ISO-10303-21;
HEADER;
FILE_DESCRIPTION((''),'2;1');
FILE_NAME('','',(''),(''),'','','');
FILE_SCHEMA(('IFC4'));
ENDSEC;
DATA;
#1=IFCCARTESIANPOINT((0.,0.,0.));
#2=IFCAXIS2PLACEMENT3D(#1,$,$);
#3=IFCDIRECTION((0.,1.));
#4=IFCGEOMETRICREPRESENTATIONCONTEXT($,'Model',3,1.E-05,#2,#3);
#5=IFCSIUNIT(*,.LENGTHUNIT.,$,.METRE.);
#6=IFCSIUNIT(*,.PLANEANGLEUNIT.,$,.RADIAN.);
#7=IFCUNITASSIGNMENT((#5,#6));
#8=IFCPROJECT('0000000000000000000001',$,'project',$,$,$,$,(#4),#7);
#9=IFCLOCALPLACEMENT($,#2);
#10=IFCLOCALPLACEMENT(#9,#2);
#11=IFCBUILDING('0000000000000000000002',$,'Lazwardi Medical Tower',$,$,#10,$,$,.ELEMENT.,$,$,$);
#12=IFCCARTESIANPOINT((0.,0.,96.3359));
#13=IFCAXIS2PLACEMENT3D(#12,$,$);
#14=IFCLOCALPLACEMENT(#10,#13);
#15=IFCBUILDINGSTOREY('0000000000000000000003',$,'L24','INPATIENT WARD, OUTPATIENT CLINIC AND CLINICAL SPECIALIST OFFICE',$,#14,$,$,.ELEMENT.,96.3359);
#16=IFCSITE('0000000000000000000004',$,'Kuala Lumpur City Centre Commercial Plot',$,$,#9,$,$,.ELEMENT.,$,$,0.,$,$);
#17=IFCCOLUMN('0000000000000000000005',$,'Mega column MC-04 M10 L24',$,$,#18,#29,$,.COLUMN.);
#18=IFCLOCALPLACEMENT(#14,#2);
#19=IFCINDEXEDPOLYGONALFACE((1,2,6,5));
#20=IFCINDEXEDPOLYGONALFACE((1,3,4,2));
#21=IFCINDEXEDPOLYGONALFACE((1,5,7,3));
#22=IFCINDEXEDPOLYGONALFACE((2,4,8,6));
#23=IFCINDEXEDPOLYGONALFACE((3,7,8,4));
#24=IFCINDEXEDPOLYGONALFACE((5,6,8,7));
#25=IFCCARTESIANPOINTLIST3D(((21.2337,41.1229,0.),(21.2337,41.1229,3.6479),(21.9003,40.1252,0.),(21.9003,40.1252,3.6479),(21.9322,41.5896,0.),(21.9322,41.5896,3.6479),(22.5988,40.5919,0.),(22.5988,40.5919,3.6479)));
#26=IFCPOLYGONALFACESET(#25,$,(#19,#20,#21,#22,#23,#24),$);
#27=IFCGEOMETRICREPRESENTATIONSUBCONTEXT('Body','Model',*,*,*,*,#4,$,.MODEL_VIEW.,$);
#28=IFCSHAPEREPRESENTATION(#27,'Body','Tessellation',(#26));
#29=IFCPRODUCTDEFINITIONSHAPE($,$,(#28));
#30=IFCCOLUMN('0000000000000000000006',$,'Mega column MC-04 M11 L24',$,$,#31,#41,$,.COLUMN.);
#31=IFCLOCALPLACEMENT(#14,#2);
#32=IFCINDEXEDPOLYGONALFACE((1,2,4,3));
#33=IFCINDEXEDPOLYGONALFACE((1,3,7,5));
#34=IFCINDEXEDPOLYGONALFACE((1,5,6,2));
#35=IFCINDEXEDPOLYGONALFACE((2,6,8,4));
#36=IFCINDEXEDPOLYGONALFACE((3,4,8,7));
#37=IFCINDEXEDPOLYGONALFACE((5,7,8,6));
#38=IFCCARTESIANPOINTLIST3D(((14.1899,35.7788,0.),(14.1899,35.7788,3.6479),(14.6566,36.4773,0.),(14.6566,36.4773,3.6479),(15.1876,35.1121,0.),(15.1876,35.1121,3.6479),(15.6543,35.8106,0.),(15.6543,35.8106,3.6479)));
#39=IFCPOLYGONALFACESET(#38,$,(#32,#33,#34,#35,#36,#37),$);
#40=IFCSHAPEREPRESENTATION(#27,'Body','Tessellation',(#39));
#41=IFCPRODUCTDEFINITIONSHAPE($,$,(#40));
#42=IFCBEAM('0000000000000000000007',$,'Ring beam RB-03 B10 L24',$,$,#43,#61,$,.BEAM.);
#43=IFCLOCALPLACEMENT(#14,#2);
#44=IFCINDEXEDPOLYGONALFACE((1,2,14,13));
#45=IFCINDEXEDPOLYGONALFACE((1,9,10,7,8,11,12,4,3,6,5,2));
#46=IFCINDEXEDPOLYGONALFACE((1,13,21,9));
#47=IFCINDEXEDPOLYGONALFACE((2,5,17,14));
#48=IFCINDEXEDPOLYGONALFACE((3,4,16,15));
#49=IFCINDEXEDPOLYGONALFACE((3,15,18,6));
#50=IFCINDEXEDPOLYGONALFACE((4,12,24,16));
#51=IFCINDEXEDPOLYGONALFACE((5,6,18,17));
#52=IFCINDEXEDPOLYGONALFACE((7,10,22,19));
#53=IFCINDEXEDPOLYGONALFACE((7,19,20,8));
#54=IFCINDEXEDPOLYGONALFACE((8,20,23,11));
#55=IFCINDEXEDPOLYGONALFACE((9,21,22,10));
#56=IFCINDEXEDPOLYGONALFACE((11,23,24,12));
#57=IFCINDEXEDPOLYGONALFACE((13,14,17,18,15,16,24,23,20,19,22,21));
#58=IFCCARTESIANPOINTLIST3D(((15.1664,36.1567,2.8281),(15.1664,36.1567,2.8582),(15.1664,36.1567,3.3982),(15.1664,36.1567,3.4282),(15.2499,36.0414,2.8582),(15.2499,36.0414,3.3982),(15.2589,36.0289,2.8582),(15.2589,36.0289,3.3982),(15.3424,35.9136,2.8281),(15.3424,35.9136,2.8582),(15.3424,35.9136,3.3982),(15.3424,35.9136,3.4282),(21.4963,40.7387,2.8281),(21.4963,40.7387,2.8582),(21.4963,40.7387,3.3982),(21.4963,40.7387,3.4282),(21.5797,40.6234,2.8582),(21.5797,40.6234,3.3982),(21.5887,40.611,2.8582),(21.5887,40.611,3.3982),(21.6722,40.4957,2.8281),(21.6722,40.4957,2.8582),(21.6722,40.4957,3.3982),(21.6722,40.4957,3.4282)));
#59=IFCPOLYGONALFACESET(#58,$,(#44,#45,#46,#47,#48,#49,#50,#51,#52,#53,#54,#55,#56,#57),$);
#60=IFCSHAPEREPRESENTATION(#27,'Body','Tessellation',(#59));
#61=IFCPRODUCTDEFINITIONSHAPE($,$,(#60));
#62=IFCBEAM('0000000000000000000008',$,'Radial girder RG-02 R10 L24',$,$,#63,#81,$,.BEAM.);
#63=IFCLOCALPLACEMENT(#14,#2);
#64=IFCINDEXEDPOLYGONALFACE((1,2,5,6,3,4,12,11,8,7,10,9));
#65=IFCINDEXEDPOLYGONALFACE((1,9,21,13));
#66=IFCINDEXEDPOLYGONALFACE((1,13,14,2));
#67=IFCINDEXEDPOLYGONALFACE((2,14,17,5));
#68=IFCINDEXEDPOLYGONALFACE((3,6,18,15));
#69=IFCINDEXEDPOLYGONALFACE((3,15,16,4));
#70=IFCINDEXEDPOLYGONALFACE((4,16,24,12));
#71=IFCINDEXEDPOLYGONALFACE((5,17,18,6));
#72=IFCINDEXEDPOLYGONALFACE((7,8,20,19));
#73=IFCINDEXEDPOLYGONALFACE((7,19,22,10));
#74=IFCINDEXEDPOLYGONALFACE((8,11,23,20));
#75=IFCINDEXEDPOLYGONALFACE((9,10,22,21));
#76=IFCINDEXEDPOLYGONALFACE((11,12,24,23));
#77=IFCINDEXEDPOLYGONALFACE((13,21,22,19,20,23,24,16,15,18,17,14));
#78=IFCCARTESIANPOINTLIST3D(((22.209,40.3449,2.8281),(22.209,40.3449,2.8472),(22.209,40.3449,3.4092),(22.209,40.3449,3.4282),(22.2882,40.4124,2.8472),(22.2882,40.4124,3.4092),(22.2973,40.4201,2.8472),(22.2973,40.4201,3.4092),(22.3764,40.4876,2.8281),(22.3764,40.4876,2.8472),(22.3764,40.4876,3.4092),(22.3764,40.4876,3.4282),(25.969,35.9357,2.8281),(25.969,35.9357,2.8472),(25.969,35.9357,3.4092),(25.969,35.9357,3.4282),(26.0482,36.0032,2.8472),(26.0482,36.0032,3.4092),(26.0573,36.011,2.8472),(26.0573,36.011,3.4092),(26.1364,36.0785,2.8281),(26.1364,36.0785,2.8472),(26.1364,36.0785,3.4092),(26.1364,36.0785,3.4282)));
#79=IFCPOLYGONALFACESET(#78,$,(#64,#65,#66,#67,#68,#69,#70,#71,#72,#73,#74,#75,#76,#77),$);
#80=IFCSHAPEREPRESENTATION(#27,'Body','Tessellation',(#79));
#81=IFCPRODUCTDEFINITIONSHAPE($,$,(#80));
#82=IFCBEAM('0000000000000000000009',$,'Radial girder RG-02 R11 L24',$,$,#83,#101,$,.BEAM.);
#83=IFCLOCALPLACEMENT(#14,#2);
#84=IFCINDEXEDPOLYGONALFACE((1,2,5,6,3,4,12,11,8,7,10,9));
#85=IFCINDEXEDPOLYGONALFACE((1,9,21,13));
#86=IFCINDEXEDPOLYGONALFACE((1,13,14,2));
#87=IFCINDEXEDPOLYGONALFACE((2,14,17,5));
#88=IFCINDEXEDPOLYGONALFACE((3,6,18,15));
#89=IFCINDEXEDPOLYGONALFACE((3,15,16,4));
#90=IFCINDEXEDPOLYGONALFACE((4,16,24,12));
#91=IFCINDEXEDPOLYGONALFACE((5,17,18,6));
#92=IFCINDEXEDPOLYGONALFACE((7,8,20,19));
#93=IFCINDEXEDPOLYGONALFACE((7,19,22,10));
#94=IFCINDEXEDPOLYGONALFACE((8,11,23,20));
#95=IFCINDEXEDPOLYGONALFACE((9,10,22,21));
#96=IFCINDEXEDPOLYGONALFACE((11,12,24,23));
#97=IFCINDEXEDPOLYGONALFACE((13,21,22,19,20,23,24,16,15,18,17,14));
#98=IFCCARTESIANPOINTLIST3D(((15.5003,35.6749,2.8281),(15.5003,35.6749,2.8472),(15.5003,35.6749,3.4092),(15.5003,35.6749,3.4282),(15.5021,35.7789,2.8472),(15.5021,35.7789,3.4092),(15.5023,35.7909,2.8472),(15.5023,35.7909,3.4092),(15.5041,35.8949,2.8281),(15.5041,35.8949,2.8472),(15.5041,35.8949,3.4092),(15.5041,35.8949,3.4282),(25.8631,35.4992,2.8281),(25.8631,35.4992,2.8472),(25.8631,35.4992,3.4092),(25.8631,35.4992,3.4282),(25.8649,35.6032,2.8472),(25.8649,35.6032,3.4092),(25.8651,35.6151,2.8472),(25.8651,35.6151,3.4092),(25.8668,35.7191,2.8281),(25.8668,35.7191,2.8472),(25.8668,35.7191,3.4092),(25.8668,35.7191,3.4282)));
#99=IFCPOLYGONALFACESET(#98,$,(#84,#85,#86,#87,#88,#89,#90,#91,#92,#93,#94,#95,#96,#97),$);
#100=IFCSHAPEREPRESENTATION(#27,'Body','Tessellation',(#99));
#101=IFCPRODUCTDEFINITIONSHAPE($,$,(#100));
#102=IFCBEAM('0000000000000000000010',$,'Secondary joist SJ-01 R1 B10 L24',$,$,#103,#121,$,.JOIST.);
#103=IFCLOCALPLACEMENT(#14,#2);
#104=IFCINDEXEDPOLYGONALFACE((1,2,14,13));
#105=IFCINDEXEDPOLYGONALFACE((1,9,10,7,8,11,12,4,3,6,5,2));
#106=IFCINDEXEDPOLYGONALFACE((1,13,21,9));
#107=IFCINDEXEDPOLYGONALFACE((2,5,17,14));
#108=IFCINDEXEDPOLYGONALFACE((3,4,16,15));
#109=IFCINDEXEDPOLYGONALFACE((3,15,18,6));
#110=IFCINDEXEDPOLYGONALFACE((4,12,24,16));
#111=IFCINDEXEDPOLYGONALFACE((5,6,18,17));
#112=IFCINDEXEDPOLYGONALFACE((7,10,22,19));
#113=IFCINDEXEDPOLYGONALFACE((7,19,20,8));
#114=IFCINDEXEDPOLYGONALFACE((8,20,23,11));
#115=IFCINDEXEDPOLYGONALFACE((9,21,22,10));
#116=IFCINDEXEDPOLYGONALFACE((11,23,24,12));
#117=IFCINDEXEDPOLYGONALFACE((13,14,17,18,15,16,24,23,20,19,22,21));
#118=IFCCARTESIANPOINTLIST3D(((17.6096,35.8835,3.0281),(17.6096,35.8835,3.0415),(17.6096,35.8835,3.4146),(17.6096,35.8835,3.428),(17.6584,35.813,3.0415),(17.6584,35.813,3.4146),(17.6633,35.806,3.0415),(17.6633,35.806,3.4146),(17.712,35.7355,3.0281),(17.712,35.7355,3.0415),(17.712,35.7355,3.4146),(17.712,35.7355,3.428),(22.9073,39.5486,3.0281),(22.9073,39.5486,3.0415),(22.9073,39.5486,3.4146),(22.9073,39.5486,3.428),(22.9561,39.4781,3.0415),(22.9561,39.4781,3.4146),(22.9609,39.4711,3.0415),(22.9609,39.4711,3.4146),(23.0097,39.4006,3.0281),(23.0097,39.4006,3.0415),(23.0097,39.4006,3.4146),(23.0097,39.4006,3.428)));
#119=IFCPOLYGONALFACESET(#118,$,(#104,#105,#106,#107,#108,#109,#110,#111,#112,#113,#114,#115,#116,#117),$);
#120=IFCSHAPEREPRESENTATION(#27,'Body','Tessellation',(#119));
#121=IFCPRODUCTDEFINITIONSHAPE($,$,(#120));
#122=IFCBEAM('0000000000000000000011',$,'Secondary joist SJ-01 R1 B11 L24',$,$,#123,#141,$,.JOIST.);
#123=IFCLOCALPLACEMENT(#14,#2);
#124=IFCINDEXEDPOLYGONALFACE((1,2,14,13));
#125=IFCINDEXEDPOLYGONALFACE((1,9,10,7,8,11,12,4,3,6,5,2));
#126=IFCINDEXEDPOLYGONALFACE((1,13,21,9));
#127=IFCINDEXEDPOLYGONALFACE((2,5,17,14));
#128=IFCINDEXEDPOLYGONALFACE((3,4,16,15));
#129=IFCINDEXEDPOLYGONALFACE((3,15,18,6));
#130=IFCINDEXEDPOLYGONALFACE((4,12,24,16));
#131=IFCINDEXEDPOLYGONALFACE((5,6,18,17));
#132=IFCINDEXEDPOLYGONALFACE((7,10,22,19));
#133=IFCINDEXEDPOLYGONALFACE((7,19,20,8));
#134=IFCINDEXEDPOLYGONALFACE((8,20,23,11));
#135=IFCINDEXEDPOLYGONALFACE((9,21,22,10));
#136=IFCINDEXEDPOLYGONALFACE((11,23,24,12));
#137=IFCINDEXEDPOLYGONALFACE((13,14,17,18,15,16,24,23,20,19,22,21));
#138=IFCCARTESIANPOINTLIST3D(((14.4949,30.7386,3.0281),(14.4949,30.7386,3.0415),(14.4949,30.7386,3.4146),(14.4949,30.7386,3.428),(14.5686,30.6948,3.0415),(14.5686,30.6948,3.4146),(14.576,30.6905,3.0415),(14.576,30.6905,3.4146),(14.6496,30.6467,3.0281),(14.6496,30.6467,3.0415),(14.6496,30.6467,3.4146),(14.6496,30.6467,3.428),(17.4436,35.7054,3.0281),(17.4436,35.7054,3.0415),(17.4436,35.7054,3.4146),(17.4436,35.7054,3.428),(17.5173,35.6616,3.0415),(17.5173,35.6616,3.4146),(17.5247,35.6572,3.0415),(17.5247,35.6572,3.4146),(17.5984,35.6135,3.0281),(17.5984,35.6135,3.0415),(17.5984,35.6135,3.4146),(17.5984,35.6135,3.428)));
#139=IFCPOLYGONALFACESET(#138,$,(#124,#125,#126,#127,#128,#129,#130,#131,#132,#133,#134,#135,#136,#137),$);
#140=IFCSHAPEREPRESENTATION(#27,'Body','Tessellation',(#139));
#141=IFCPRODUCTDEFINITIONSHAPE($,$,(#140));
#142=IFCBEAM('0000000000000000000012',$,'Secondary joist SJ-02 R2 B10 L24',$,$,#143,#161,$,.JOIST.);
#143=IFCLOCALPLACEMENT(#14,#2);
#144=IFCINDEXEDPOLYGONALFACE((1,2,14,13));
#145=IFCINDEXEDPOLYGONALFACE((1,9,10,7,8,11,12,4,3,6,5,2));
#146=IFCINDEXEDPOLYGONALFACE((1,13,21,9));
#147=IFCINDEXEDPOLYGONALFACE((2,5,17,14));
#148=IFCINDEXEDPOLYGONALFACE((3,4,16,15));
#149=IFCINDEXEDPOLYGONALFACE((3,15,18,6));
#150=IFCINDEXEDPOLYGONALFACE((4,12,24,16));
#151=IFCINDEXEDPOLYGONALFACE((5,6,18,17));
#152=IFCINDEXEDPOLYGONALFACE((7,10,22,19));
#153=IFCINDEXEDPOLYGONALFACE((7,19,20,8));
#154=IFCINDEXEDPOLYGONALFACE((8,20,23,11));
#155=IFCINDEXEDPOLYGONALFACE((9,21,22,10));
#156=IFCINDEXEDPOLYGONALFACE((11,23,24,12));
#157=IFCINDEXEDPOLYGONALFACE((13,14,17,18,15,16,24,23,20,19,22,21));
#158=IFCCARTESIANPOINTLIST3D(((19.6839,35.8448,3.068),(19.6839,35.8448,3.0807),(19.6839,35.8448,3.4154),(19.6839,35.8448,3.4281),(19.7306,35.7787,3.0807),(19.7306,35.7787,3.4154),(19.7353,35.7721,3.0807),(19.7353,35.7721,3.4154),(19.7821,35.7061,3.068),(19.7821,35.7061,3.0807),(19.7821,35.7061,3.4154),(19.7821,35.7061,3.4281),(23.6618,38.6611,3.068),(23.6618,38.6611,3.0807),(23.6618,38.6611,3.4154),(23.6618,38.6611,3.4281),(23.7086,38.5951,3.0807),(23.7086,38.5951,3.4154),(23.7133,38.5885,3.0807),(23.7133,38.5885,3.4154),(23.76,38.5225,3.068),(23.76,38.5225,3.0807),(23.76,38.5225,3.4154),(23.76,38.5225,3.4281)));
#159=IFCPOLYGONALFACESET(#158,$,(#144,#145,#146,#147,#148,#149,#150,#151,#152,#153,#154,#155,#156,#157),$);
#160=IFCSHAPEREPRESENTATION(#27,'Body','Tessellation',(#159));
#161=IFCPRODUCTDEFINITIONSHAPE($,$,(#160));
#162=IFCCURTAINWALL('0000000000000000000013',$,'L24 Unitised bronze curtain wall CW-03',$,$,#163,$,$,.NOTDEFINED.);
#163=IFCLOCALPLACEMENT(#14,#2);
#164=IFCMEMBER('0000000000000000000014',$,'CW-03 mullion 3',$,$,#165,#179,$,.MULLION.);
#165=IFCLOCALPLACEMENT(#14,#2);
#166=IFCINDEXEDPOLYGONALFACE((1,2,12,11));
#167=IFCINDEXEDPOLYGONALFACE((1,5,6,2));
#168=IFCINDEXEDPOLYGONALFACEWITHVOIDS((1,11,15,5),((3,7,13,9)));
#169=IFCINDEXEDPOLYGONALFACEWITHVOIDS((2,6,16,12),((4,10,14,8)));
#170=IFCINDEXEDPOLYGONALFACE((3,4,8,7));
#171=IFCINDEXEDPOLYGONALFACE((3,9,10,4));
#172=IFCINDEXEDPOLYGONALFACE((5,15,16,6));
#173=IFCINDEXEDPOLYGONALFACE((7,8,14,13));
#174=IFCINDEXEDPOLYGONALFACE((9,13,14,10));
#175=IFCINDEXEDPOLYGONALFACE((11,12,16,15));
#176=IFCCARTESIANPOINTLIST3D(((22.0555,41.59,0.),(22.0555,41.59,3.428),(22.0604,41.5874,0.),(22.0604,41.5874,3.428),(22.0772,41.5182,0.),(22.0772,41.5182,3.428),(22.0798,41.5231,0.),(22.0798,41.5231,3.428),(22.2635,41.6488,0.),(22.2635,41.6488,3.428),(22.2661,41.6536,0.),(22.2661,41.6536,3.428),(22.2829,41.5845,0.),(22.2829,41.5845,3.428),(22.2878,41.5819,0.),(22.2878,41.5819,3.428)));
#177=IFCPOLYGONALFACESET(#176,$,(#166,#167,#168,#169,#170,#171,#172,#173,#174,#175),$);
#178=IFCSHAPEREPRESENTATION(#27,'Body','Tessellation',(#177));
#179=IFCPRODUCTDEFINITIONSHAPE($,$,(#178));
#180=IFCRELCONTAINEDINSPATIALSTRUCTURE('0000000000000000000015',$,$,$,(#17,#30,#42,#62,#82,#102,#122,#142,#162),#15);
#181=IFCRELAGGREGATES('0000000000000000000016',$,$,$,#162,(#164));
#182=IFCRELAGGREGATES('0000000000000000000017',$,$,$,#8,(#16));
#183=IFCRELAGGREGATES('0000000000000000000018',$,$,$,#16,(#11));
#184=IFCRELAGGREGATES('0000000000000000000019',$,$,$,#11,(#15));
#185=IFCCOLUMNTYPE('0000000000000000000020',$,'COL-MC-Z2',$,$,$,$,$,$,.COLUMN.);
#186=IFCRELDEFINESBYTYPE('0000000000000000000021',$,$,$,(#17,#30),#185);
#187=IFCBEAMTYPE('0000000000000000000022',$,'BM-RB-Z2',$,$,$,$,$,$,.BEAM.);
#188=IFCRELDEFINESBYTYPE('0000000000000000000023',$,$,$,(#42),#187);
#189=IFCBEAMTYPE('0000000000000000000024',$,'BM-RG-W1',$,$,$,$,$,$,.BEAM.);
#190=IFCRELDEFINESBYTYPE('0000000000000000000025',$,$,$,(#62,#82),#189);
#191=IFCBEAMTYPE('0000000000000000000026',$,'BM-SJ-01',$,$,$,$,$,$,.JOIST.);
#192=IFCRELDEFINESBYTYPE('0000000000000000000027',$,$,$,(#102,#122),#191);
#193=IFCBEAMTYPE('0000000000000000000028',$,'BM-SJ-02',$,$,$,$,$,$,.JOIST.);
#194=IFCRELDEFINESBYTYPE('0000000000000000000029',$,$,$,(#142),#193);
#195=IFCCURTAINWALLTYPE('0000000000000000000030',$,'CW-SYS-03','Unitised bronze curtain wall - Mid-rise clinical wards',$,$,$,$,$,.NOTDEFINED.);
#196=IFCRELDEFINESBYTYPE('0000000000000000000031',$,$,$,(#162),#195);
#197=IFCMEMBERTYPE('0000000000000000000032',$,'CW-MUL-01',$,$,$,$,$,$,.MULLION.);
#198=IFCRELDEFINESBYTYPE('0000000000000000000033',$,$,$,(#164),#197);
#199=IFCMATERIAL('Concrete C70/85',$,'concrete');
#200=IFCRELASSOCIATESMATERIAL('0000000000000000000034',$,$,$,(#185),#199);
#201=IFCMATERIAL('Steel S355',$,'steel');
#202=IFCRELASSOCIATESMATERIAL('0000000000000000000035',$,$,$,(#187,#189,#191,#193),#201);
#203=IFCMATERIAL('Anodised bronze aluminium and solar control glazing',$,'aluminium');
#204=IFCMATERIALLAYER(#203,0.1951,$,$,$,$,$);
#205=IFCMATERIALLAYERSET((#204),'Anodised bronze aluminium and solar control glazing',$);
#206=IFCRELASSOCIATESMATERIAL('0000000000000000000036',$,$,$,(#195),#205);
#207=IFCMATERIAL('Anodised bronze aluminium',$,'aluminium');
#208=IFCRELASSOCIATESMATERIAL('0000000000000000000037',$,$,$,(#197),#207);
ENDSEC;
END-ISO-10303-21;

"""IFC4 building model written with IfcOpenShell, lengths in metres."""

from ifc_helpers import new_model, si_unit, direction, frame, origin, origin_2d, place, context, subcontext, project, spatial, rectangle, hollow_rectangle, i_section, extrude, material, layer, layer_set, material_profile, profile_set, type_object, element, aggregate, save


model = new_model("IFC4")

# Units and contexts
model_context = context("Model", 3, precision=1e-05, world=origin(), true_north=direction((0.0, 1.0)))
body_context = subcontext(model_context, "Body", "Model", "MODEL_VIEW")
ifc_project = project(units=[si_unit("LENGTHUNIT", "METRE"), si_unit("PLANEANGLEUNIT", "RADIAN")], contexts=[model_context])

# Site, building, storey
site_placement = place(None, origin())
site = spatial("IfcSite", under=ifc_project, at=site_placement, Name="Kuala Lumpur City Centre Commercial Plot", CompositionType="ELEMENT", RefElevation=0.0)
building_placement = place(site_placement, origin())
building = spatial("IfcBuilding", under=site, at=building_placement, Name="Lazwardi Medical Tower", CompositionType="ELEMENT")
storey_placement = place(building_placement, frame((0.0, 0.0, 96.3359)))
storey = spatial("IfcBuildingStorey", under=building, at=storey_placement, Name="L24", Description="INPATIENT WARD, OUTPATIENT CLINIC AND CLINICAL SPECIALIST OFFICE", CompositionType="ELEMENT", Elevation=96.3359)

# Columns
ifc_material_1 = material(Name="Concrete C70/85", Category="concrete")
ifc_material_profile_1 = material_profile(ifc_material_1, rectangle(XDim=1.2, YDim=0.8401, at=origin_2d()), Name="CFT-RECT 1200x840")
ifc_profile_set_1 = profile_set([ifc_material_profile_1], Name="Concrete C70/85")
column_type = type_object("IfcColumnType", Name="COL-MC-Z2", PredefinedType="COLUMN", material=ifc_profile_set_1)
for number, where, z_axis, x_axis, name in (
    (1, (21.9163, 40.8574, 0.0), (0.0, 0.0, 1.0), (-0.55557, 0.83147, 0.0), "Mega column MC-04 M10 L24"),
    (2, (14.9221, 35.7947, 0.0), (0.0, 0.0, 1.0), (-0.83147, 0.55557, 0.0), "Mega column MC-04 M11 L24"),
):
    element("IfcColumn", number, at=place(storey_placement, frame(where, z_axis=z_axis, x_axis=x_axis)), inside=storey, type_object=column_type, Name=name, PredefinedType="COLUMN", context=body_context, shape_type="SweptSolid", body=[
        extrude(rectangle(XDim=1.2, YDim=0.8401, at=origin_2d()), origin(), (0.0, 0.0, 1.0), 3.6479),
    ])

# Beams
ifc_material_2 = material(Name="Steel S355", Category="steel")
ifc_material_profile_2 = material_profile(ifc_material_2, i_section(OverallWidth=0.3, OverallDepth=0.6001, WebThickness=0.0154, FlangeThickness=0.03, at=origin_2d()), Name="HEB 600")
ifc_profile_set_2 = profile_set([ifc_material_profile_2], Name="Steel S355")
beam_type_1 = type_object("IfcBeamType", Name="BM-RB-Z2", PredefinedType="BEAM", material=ifc_profile_set_2)
beam_1_placement = place(storey_placement, frame((21.5842, 40.6172, 3.1282), z_axis=(-0.810042, -0.586372, 0.0), x_axis=(0.586372, -0.810042, 0.0)))
element("IfcBeam", 3, at=beam_1_placement, inside=storey, type_object=beam_type_1, Name="Ring beam RB-03 B10 L24", PredefinedType="BEAM", context=body_context, shape_type="SweptSolid", body=[
    extrude(i_section(OverallWidth=0.3, OverallDepth=0.6001, WebThickness=0.0154, FlangeThickness=0.03, at=origin_2d()), origin(), (0.0, 0.0, 1.0), 7.8142),
])
ifc_material_profile_3 = material_profile(ifc_material_2, i_section(OverallWidth=0.22, OverallDepth=0.6001, WebThickness=0.012, FlangeThickness=0.019, at=origin_2d()), Name="IPE 600")
ifc_profile_set_3 = profile_set([ifc_material_profile_3], Name="Steel S355")
beam_type_2 = type_object("IfcBeamType", Name="BM-RG-W1", PredefinedType="BEAM", material=ifc_profile_set_3)
beam_2_placement = place(storey_placement, frame((22.2927, 40.4163, 3.1282), z_axis=(0.648871, -0.760899, 0.0), x_axis=(0.760899, 0.648871, 0.0)))
element("IfcBeam", 4, at=beam_2_placement, inside=storey, type_object=beam_type_2, Name="Radial girder RG-02 R10 L24", PredefinedType="BEAM", context=body_context, shape_type="SweptSolid", body=[
    extrude(i_section(OverallWidth=0.22, OverallDepth=0.6001, WebThickness=0.012, FlangeThickness=0.019, at=origin_2d()), origin(), (0.0, 0.0, 1.0), 5.7947),
])
beam_3_placement = place(storey_placement, frame((15.5022, 35.7849, 3.1282), z_axis=(0.999856, -0.01696, 0.0), x_axis=(0.01696, 0.999856, 0.0)))
element("IfcBeam", 5, at=beam_3_placement, inside=storey, type_object=beam_type_2, Name="Radial girder RG-02 R11 L24", PredefinedType="BEAM", context=body_context, shape_type="SweptSolid", body=[
    extrude(i_section(OverallWidth=0.22, OverallDepth=0.6001, WebThickness=0.012, FlangeThickness=0.019, at=origin_2d()), origin(), (0.0, 0.0, 1.0), 10.3643),
])
ifc_material_profile_4 = material_profile(ifc_material_2, i_section(OverallWidth=0.1799, OverallDepth=0.3999, WebThickness=0.0085, FlangeThickness=0.0134, at=origin_2d()), Name="IPE 400")
ifc_profile_set_4 = profile_set([ifc_material_profile_4], Name="Steel S355")
beam_type_3 = type_object("IfcBeamType", Name="BM-SJ-01", PredefinedType="JOIST", material=ifc_profile_set_4)
beam_4_placement = place(storey_placement, frame((22.9585, 39.4746, 3.228), z_axis=(-0.822376, -0.568944, 0.0), x_axis=(0.568944, -0.822376, 0.0)))
element("IfcBeam", 6, at=beam_4_placement, inside=storey, type_object=beam_type_3, Name="Secondary joist SJ-01 R1 B10 L24", PredefinedType="JOIST", context=body_context, shape_type="SweptSolid", body=[
    extrude(i_section(OverallWidth=0.1799, OverallDepth=0.3999, WebThickness=0.0085, FlangeThickness=0.0134, at=origin_2d()), origin(), (0.0, 0.0, 1.0), 6.4419),
])
beam_5_placement = place(storey_placement, frame((17.521, 35.6594, 3.228), z_axis=(-0.5105, -0.859878, 0.0), x_axis=(0.859878, -0.5105, 0.0)))
element("IfcBeam", 7, at=beam_5_placement, inside=storey, type_object=beam_type_3, Name="Secondary joist SJ-01 R1 B11 L24", PredefinedType="JOIST", context=body_context, shape_type="SweptSolid", body=[
    extrude(i_section(OverallWidth=0.1799, OverallDepth=0.3999, WebThickness=0.0085, FlangeThickness=0.0134, at=origin_2d()), origin(), (0.0, 0.0, 1.0), 5.7761),
])
ifc_material_profile_5 = material_profile(ifc_material_2, i_section(OverallWidth=0.1699, OverallDepth=0.3601, WebThickness=0.0081, FlangeThickness=0.0127, at=origin_2d()), Name="IPE 360")
ifc_profile_set_5 = profile_set([ifc_material_profile_5], Name="Steel S355")
beam_type_4 = type_object("IfcBeamType", Name="BM-SJ-02", PredefinedType="JOIST", material=ifc_profile_set_5)
beam_6_placement = place(storey_placement, frame((23.7109, 38.5918, 3.248), z_axis=(-0.816156, -0.577831, 0.0), x_axis=(0.577831, -0.816156, 0.0)))
element("IfcBeam", 8, at=beam_6_placement, inside=storey, type_object=beam_type_4, Name="Secondary joist SJ-02 R2 B10 L24", PredefinedType="JOIST", context=body_context, shape_type="SweptSolid", body=[
    extrude(i_section(OverallWidth=0.1699, OverallDepth=0.3601, WebThickness=0.0081, FlangeThickness=0.0127, at=origin_2d()), origin(), (0.0, 0.0, 1.0), 4.874),
])

# Curtain wall, member
ifc_material_3 = material(Name="Anodised bronze aluminium and solar control glazing", Category="aluminium")
ifc_layer_1 = layer(ifc_material_3, 0.1951)
ifc_layer_set_1 = layer_set([ifc_layer_1], Name="Anodised bronze aluminium and solar control glazing")
curtain_wall_type = type_object("IfcCurtainWallType", Name="CW-SYS-03", Description="Unitised bronze curtain wall - Mid-rise clinical wards", PredefinedType="NOTDEFINED", material=ifc_layer_set_1)
curtain_wall_1_placement = place(storey_placement, origin())
curtain_wall_1 = element("IfcCurtainWall", 9, at=curtain_wall_1_placement, inside=storey, type_object=curtain_wall_type, Name="L24 Unitised bronze curtain wall CW-03", PredefinedType="NOTDEFINED")
ifc_material_4 = material(Name="Anodised bronze aluminium", Category="aluminium")
ifc_material_profile_6 = material_profile(ifc_material_4, hollow_rectangle(XDim=0.075, YDim=0.22, WallThickness=0.0039, at=origin_2d()), Name="ALU-MULLION 220x75x4")
ifc_profile_set_6 = profile_set([ifc_material_profile_6], Name="Anodised bronze aluminium")
member_type_1 = type_object("IfcMemberType", Name="CW-MUL-01", PredefinedType="MULLION", material=ifc_profile_set_6)
member_1_placement = place(storey_placement, frame((22.1716, 41.5859, 0.0), z_axis=(0.0, 0.0, 1.0), x_axis=(0.289374, -0.957216, 0.0)))
member_1 = element("IfcMember", 10, at=member_1_placement, type_object=member_type_1, Name="CW-03 mullion 3", PredefinedType="MULLION", context=body_context, shape_type="SweptSolid", body=[
    extrude(hollow_rectangle(XDim=0.075, YDim=0.22, WallThickness=0.0039, at=origin_2d()), origin(), (0.0, 0.0, 1.0), 3.428),
])

aggregate(curtain_wall_1, [member_1])

save(model, "model.ifc")
